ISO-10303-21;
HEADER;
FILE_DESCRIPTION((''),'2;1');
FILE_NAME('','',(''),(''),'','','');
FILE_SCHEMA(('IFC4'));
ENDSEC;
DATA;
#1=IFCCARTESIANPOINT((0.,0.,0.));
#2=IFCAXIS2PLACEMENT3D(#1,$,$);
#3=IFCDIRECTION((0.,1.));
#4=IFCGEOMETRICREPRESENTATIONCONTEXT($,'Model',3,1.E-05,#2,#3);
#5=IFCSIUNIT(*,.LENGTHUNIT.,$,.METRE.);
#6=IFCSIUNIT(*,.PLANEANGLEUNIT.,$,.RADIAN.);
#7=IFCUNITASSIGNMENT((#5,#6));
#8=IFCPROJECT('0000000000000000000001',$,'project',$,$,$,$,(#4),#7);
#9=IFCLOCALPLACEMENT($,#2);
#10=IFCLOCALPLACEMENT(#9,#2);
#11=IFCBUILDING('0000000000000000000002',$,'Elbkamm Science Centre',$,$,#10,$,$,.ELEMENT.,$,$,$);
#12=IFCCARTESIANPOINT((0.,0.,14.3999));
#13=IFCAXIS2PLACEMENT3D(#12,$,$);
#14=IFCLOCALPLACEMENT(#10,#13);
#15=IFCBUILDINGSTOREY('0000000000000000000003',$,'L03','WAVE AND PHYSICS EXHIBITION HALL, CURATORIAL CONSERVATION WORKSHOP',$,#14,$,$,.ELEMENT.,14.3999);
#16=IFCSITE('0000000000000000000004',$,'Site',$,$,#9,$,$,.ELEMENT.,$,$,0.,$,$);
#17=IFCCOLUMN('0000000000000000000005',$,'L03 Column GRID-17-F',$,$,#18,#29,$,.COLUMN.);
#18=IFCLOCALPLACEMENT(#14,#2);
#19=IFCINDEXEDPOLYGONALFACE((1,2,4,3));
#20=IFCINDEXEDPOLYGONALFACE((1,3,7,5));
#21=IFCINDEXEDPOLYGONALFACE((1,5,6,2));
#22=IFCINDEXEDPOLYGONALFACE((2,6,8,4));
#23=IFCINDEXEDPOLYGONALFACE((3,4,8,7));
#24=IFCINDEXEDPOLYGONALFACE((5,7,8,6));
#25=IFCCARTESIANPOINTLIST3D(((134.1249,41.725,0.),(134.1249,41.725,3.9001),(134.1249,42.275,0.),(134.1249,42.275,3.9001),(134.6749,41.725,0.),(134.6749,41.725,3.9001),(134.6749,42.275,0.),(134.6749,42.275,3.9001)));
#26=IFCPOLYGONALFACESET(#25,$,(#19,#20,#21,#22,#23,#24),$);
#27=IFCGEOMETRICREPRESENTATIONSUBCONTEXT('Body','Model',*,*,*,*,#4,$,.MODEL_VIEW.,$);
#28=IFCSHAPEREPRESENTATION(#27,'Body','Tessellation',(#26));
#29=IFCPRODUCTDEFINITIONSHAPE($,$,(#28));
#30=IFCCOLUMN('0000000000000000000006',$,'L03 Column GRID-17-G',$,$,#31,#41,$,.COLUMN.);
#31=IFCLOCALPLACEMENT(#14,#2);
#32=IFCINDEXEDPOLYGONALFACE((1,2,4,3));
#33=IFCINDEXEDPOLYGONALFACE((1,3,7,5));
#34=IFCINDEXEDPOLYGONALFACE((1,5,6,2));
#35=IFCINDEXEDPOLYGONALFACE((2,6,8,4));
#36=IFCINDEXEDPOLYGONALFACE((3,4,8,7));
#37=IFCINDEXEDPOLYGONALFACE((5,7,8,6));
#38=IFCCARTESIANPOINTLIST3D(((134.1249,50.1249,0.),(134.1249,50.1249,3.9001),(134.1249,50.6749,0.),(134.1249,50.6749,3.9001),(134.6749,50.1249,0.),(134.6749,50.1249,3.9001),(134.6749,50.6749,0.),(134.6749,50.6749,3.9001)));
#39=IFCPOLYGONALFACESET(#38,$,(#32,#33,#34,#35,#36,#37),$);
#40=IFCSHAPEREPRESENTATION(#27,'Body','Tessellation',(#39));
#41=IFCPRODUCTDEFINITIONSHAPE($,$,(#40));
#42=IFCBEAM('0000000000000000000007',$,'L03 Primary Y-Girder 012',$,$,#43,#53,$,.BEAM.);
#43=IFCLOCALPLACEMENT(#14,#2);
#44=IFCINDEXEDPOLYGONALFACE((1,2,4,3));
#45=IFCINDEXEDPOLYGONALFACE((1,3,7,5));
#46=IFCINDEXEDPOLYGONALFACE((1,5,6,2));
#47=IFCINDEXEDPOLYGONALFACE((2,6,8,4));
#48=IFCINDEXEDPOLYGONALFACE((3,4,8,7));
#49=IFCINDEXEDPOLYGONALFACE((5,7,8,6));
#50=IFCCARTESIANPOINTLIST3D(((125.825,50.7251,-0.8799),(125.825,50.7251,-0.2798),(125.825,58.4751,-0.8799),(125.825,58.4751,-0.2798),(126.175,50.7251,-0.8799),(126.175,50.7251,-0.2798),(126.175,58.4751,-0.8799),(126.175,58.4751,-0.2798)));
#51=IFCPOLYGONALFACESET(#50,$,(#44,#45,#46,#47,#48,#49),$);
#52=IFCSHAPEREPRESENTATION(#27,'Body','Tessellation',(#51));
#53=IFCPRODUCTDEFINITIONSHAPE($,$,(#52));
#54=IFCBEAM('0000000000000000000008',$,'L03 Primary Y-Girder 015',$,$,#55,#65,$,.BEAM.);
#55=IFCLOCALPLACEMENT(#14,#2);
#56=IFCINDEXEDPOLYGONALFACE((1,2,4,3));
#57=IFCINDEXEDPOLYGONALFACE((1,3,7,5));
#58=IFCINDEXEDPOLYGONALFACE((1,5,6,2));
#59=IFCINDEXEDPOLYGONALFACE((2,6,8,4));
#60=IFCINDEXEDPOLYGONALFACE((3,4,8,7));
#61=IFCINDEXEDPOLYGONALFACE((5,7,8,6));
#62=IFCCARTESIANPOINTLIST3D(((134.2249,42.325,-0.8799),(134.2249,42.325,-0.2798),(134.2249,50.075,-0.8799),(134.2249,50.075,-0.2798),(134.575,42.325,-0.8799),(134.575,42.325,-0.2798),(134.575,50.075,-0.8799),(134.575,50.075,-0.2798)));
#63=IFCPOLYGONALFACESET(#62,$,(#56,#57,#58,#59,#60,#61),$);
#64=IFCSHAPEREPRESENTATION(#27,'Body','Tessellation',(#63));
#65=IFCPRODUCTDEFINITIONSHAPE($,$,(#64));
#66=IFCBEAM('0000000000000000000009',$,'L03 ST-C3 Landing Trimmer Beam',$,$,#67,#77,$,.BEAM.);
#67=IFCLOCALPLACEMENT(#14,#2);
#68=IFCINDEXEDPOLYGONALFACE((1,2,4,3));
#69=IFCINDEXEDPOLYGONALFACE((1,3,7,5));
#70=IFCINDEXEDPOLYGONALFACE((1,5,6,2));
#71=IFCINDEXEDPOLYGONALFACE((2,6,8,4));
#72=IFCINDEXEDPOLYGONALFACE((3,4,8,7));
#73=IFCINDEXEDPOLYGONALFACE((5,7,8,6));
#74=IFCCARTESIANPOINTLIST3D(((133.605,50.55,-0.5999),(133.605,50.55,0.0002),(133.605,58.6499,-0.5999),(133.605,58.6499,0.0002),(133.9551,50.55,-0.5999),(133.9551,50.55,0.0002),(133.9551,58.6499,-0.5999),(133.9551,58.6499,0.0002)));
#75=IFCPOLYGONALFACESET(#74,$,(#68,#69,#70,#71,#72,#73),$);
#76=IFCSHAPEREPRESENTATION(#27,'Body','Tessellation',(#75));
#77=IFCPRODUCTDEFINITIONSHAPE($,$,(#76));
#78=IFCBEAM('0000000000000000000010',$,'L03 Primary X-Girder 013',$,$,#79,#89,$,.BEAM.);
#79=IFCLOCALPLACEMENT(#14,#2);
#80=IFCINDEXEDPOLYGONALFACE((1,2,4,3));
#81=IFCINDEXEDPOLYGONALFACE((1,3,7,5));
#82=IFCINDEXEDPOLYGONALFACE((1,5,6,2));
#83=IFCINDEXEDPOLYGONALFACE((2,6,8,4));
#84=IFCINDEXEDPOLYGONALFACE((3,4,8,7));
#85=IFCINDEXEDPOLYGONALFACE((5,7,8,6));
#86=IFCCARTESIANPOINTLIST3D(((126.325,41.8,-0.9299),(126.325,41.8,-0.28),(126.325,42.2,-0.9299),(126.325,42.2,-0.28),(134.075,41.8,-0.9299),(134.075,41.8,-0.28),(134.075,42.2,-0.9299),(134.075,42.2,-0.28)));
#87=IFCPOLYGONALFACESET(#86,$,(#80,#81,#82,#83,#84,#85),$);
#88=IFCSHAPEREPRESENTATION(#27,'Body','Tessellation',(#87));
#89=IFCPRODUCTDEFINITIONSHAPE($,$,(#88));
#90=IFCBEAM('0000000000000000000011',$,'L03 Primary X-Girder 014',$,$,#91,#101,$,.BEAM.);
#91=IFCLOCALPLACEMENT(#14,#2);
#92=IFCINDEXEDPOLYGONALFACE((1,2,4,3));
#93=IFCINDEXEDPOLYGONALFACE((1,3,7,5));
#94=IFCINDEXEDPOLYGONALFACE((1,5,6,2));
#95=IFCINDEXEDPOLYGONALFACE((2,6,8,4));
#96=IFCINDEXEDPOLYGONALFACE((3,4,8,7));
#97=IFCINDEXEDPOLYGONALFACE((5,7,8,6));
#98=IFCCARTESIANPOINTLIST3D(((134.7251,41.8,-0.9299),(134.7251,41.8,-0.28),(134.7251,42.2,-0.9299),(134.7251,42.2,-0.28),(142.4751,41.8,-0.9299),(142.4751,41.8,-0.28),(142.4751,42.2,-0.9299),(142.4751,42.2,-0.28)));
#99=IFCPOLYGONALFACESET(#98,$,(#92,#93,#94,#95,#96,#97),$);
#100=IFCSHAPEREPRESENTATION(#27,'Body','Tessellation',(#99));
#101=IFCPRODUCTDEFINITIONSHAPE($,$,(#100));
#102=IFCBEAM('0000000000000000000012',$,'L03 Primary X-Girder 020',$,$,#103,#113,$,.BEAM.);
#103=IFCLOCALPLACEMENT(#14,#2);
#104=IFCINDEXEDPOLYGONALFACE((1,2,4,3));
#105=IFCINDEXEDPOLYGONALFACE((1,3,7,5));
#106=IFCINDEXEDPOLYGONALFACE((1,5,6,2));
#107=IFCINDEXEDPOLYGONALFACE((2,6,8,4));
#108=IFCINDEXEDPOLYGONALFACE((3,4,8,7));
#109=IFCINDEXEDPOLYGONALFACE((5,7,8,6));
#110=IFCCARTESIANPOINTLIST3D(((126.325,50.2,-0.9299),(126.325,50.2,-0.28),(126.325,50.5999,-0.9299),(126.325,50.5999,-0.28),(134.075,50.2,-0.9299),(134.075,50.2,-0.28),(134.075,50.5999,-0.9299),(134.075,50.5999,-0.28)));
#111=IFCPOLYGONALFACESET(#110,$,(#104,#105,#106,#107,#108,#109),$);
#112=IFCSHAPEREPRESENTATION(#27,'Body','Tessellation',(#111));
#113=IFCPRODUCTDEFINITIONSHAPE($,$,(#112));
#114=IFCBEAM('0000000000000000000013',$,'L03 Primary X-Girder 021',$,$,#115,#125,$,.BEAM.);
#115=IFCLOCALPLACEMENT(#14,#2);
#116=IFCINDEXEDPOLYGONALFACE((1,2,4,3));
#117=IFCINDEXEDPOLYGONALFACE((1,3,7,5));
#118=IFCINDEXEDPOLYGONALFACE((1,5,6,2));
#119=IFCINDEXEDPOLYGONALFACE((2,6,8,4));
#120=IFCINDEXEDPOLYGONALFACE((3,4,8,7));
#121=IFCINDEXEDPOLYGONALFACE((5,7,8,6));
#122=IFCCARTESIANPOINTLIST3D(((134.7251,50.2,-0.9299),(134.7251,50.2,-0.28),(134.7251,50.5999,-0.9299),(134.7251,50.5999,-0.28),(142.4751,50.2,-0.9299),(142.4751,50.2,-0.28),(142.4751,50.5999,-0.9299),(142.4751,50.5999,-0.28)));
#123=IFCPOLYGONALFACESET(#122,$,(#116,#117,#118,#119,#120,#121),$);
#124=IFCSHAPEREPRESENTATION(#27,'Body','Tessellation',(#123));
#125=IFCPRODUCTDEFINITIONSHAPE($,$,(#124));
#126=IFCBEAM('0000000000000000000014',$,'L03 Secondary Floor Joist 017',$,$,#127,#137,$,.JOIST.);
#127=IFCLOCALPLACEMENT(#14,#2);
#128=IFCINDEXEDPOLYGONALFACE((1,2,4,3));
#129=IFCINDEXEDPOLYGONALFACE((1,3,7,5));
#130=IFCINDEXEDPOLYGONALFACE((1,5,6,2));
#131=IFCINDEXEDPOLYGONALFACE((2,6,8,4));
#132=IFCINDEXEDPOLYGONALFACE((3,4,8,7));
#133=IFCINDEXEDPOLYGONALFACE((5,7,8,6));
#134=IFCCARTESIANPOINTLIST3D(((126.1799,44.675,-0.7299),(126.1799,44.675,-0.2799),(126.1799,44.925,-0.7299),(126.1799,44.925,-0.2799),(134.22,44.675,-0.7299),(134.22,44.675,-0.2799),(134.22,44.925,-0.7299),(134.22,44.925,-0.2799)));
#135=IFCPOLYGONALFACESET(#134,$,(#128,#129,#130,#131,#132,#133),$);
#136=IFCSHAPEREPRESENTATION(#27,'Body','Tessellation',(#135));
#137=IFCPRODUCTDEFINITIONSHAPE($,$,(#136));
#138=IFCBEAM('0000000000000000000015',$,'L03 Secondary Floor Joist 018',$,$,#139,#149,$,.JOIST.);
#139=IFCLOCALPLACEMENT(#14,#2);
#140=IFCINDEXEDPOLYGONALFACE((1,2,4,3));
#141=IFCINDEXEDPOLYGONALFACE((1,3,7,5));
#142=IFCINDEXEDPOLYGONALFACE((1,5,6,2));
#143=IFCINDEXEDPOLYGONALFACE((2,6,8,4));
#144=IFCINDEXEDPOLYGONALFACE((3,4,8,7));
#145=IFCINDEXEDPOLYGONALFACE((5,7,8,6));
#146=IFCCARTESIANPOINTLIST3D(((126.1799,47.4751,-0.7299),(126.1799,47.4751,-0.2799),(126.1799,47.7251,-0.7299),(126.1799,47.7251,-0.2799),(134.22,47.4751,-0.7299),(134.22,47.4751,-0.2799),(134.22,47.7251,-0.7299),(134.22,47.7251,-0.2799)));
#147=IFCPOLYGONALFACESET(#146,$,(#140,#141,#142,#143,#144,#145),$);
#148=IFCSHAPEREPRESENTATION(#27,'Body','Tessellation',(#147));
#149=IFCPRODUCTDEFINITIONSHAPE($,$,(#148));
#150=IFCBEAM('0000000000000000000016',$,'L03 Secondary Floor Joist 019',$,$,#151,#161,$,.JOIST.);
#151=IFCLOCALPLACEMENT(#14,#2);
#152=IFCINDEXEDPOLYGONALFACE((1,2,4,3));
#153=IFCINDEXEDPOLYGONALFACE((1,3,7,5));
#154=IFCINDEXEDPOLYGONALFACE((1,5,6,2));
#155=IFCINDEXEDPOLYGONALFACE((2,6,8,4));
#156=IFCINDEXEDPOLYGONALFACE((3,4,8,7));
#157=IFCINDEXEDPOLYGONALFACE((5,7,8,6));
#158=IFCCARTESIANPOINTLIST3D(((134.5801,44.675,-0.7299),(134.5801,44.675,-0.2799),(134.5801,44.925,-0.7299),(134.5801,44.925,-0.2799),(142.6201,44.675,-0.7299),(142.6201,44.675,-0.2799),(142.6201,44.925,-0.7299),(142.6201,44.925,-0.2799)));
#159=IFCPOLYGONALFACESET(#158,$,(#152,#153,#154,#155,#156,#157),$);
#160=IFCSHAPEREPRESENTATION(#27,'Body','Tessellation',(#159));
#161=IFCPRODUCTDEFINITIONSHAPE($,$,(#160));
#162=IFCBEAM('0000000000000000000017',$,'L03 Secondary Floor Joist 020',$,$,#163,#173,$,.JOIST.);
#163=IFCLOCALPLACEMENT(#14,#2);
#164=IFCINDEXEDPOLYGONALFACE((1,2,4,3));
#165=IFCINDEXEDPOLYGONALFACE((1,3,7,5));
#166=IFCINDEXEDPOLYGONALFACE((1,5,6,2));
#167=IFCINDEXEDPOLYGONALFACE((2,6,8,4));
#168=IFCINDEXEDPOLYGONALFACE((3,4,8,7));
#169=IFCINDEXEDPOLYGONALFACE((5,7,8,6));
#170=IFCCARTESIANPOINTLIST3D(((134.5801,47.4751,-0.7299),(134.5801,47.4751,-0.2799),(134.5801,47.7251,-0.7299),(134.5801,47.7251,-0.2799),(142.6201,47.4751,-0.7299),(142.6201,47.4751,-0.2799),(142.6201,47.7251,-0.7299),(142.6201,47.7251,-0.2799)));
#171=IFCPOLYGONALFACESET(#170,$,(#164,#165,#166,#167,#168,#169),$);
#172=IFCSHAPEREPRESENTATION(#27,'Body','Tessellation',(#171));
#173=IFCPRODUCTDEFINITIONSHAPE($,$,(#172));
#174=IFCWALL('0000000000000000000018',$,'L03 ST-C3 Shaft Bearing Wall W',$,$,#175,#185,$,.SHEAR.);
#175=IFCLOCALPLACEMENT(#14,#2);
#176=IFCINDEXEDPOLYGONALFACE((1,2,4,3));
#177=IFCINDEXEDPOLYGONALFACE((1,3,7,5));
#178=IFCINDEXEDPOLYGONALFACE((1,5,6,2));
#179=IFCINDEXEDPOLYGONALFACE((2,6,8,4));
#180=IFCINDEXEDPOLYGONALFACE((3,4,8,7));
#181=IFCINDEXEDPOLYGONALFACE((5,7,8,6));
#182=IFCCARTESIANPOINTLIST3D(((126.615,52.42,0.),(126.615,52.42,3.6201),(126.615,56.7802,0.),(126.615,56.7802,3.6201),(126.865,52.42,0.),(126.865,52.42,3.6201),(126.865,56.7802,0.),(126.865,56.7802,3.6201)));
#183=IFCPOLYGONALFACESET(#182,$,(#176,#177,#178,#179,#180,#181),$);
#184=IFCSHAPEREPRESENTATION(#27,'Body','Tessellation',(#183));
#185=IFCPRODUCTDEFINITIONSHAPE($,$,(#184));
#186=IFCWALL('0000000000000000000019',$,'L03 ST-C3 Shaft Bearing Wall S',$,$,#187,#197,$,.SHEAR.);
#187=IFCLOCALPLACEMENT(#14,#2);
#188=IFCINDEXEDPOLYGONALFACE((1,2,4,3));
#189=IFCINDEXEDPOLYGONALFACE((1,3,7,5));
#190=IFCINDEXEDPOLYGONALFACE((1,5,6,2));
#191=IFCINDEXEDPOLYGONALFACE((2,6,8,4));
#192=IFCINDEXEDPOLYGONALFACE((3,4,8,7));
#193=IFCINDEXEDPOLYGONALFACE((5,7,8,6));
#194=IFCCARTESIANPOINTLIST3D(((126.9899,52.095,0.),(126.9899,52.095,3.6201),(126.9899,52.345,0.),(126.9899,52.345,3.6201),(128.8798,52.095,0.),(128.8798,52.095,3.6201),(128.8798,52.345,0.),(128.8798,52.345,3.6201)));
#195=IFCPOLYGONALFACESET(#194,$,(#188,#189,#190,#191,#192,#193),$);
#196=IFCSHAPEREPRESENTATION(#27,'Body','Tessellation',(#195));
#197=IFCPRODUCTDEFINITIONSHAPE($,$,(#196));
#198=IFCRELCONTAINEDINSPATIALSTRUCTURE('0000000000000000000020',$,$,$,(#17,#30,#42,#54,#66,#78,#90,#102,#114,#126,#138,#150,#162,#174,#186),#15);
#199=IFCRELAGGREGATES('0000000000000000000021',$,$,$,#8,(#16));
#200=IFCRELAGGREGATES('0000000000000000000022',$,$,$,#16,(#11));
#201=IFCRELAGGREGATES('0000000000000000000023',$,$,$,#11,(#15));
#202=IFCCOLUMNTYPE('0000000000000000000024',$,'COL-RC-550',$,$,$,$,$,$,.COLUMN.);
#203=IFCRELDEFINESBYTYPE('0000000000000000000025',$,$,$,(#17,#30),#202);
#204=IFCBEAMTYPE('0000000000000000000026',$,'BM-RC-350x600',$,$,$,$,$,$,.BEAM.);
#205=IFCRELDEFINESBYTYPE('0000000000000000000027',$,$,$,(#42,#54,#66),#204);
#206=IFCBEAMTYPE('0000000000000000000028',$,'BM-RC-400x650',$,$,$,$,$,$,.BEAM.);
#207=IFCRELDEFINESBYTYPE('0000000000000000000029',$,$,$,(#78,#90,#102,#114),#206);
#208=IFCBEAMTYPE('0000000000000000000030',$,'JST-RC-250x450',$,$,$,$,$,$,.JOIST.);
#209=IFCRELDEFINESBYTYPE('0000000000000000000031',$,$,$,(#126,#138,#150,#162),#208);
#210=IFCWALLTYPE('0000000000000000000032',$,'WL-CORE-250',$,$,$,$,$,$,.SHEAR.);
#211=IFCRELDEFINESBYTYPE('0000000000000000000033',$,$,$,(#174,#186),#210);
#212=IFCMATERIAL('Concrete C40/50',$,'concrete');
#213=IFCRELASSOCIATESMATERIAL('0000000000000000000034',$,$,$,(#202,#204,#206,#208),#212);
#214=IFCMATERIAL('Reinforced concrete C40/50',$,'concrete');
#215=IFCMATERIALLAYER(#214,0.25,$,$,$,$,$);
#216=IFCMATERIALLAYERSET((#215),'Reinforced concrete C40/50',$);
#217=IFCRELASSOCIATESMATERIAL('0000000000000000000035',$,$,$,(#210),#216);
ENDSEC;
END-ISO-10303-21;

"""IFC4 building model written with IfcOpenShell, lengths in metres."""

from ifc_helpers import new_model, si_unit, direction, frame, frame_2d, origin, origin_2d, place, context, subcontext, project, spatial, rectangle, extrude, material, layer, layer_set, material_profile, profile_set, type_object, element, save


model = new_model("IFC4")

# Units and contexts
model_context = context("Model", 3, precision=1e-05, world=origin(), true_north=direction((0.0, 1.0)))
body_context = subcontext(model_context, "Body", "Model", "MODEL_VIEW")
ifc_project = project(units=[si_unit("LENGTHUNIT", "METRE"), si_unit("PLANEANGLEUNIT", "RADIAN")], contexts=[model_context])

# Site, building, storey
site_placement = place(None, origin())
site = spatial("IfcSite", under=ifc_project, at=site_placement, Name="Site", CompositionType="ELEMENT", RefElevation=0.0)
building_placement = place(site_placement, origin())
building = spatial("IfcBuilding", under=site, at=building_placement, Name="Elbkamm Science Centre", CompositionType="ELEMENT")
storey_placement = place(building_placement, frame((0.0, 0.0, 14.3999)))
storey = spatial("IfcBuildingStorey", under=building, at=storey_placement, Name="L03", Description="WAVE AND PHYSICS EXHIBITION HALL, CURATORIAL CONSERVATION WORKSHOP", CompositionType="ELEMENT", Elevation=14.3999)

# Columns
ifc_material_1 = material(Name="Concrete C40/50", Category="concrete")
ifc_material_profile_1 = material_profile(ifc_material_1, rectangle(XDim=0.55, YDim=0.55, at=origin_2d()), Name="RC 550x550")
ifc_profile_set_1 = profile_set([ifc_material_profile_1], Name="Concrete C40/50")
column_type = type_object("IfcColumnType", Name="COL-RC-550", PredefinedType="COLUMN", material=ifc_profile_set_1)
for number, where, z_axis, x_axis, name in (
    (1, (134.3999, 42.0, 0.0), (0.0, 0.0, 1.0), (1.0, 0.0, 0.0), "L03 Column GRID-17-F"),
    (2, (134.3999, 50.3999, 0.0), (0.0, 0.0, 1.0), (1.0, 0.0, 0.0), "L03 Column GRID-17-G"),
):
    element("IfcColumn", number, at=place(storey_placement, frame(where, z_axis=z_axis, x_axis=x_axis)), inside=storey, type_object=column_type, Name=name, PredefinedType="COLUMN", context=body_context, shape_type="SweptSolid", body=[
        extrude(rectangle(XDim=0.55, YDim=0.55, at=origin_2d()), origin(), (0.0, 0.0, 1.0), 3.9001),
    ])

# Beams
ifc_material_profile_2 = material_profile(ifc_material_1, rectangle(XDim=0.3501, YDim=0.6001, at=origin_2d()), Name="RC 350x600")
ifc_profile_set_2 = profile_set([ifc_material_profile_2], Name="Concrete C40/50")
beam_type_1 = type_object("IfcBeamType", Name="BM-RC-350x600", PredefinedType="BEAM", material=ifc_profile_set_2)
for number, where, z_axis, x_axis, name in (
    (3, (126.0, 50.7251, -0.5798), (0.0, 1.0, 0.0), (-1.0, 0.0, 0.0), "L03 Primary Y-Girder 012"),
    (4, (134.3999, 42.325, -0.5798), (0.0, 1.0, 0.0), (-1.0, 0.0, 0.0), "L03 Primary Y-Girder 015"),
):
    element("IfcBeam", number, at=place(storey_placement, frame(where, z_axis=z_axis, x_axis=x_axis)), inside=storey, type_object=beam_type_1, Name=name, PredefinedType="BEAM", context=body_context, shape_type="SweptSolid", body=[
        extrude(rectangle(XDim=0.3501, YDim=0.6001, at=origin_2d()), origin(), (0.0, 0.0, 1.0), 7.75),
    ])
beam_placement = place(storey_placement, frame((133.78, 50.55, -0.2998), z_axis=(0.0, 1.0, 0.0), x_axis=(-1.0, 0.0, 0.0)))
element("IfcBeam", 5, at=beam_placement, inside=storey, type_object=beam_type_1, Name="L03 ST-C3 Landing Trimmer Beam", PredefinedType="BEAM", context=body_context, shape_type="SweptSolid", body=[
    extrude(rectangle(XDim=0.3501, YDim=0.6001, at=origin_2d()), origin(), (0.0, 0.0, 1.0), 8.0999),
])
ifc_material_profile_3 = material_profile(ifc_material_1, rectangle(XDim=0.3999, YDim=0.6499, at=origin_2d()), Name="RC 400x650")
ifc_profile_set_3 = profile_set([ifc_material_profile_3], Name="Concrete C40/50")
beam_type_2 = type_object("IfcBeamType", Name="BM-RC-400x650", PredefinedType="BEAM", material=ifc_profile_set_3)
for number, where, z_axis, x_axis, name in (
    (6, (126.325, 42.0, -0.605), (1.0, 0.0, 0.0), (0.0, 1.0, 0.0), "L03 Primary X-Girder 013"),
    (7, (134.7251, 42.0, -0.605), (1.0, 0.0, 0.0), (0.0, 1.0, 0.0), "L03 Primary X-Girder 014"),
    (8, (126.325, 50.3999, -0.605), (1.0, 0.0, 0.0), (0.0, 1.0, 0.0), "L03 Primary X-Girder 020"),
    (9, (134.7251, 50.3999, -0.605), (1.0, 0.0, 0.0), (0.0, 1.0, 0.0), "L03 Primary X-Girder 021"),
):
    element("IfcBeam", number, at=place(storey_placement, frame(where, z_axis=z_axis, x_axis=x_axis)), inside=storey, type_object=beam_type_2, Name=name, PredefinedType="BEAM", context=body_context, shape_type="SweptSolid", body=[
        extrude(rectangle(XDim=0.3999, YDim=0.6499, at=origin_2d()), origin(), (0.0, 0.0, 1.0), 7.75),
    ])
ifc_material_profile_4 = material_profile(ifc_material_1, rectangle(XDim=0.25, YDim=0.45, at=origin_2d()), Name="RC 250x450")
ifc_profile_set_4 = profile_set([ifc_material_profile_4], Name="Concrete C40/50")
beam_type_3 = type_object("IfcBeamType", Name="JST-RC-250x450", PredefinedType="JOIST", material=ifc_profile_set_4)
for number, where, z_axis, x_axis, name in (
    (10, (126.1799, 44.8, -0.5049), (1.0, 0.0, 0.0), (0.0, 1.0, 0.0), "L03 Secondary Floor Joist 017"),
    (11, (126.1799, 47.6001, -0.5049), (1.0, 0.0, 0.0), (0.0, 1.0, 0.0), "L03 Secondary Floor Joist 018"),
    (12, (134.5801, 44.8, -0.5049), (1.0, 0.0, 0.0), (0.0, 1.0, 0.0), "L03 Secondary Floor Joist 019"),
    (13, (134.5801, 47.6001, -0.5049), (1.0, 0.0, 0.0), (0.0, 1.0, 0.0), "L03 Secondary Floor Joist 020"),
):
    element("IfcBeam", number, at=place(storey_placement, frame(where, z_axis=z_axis, x_axis=x_axis)), inside=storey, type_object=beam_type_3, Name=name, PredefinedType="JOIST", context=body_context, shape_type="SweptSolid", body=[
        extrude(rectangle(XDim=0.25, YDim=0.45, at=origin_2d()), origin(), (0.0, 0.0, 1.0), 8.04),
    ])

# Walls
ifc_material_2 = material(Name="Reinforced concrete C40/50", Category="concrete")
ifc_layer_1 = layer(ifc_material_2, 0.25)
ifc_layer_set_1 = layer_set([ifc_layer_1], Name="Reinforced concrete C40/50")
wall_type_1 = type_object("IfcWallType", Name="WL-CORE-250", PredefinedType="SHEAR", material=ifc_layer_set_1)
wall_1_placement = place(storey_placement, frame((126.74, 52.4199, 0.0), z_axis=(0.0, 0.0, 1.0), x_axis=(0.0, 1.0, 0.0)))
element("IfcWall", 14, at=wall_1_placement, inside=storey, type_object=wall_type_1, Name="L03 ST-C3 Shaft Bearing Wall W", PredefinedType="SHEAR", context=body_context, shape_type="SweptSolid", body=[
    extrude(rectangle(XDim=4.3601, YDim=0.25, at=frame_2d((2.1802, 0.0))), origin(), (0.0, 0.0, 1.0), 3.6201),
])
wall_2_placement = place(storey_placement, frame((126.99, 52.22, 0.0), z_axis=(0.0, 0.0, 1.0), x_axis=(1.0, 0.0, 0.0)))
element("IfcWall", 15, at=wall_2_placement, inside=storey, type_object=wall_type_1, Name="L03 ST-C3 Shaft Bearing Wall S", PredefinedType="SHEAR", context=body_context, shape_type="SweptSolid", body=[
    extrude(rectangle(XDim=1.8899, YDim=0.25, at=frame_2d((0.9448, 0.0))), origin(), (0.0, 0.0, 1.0), 3.6201),
])

save(model, "model.ifc")
